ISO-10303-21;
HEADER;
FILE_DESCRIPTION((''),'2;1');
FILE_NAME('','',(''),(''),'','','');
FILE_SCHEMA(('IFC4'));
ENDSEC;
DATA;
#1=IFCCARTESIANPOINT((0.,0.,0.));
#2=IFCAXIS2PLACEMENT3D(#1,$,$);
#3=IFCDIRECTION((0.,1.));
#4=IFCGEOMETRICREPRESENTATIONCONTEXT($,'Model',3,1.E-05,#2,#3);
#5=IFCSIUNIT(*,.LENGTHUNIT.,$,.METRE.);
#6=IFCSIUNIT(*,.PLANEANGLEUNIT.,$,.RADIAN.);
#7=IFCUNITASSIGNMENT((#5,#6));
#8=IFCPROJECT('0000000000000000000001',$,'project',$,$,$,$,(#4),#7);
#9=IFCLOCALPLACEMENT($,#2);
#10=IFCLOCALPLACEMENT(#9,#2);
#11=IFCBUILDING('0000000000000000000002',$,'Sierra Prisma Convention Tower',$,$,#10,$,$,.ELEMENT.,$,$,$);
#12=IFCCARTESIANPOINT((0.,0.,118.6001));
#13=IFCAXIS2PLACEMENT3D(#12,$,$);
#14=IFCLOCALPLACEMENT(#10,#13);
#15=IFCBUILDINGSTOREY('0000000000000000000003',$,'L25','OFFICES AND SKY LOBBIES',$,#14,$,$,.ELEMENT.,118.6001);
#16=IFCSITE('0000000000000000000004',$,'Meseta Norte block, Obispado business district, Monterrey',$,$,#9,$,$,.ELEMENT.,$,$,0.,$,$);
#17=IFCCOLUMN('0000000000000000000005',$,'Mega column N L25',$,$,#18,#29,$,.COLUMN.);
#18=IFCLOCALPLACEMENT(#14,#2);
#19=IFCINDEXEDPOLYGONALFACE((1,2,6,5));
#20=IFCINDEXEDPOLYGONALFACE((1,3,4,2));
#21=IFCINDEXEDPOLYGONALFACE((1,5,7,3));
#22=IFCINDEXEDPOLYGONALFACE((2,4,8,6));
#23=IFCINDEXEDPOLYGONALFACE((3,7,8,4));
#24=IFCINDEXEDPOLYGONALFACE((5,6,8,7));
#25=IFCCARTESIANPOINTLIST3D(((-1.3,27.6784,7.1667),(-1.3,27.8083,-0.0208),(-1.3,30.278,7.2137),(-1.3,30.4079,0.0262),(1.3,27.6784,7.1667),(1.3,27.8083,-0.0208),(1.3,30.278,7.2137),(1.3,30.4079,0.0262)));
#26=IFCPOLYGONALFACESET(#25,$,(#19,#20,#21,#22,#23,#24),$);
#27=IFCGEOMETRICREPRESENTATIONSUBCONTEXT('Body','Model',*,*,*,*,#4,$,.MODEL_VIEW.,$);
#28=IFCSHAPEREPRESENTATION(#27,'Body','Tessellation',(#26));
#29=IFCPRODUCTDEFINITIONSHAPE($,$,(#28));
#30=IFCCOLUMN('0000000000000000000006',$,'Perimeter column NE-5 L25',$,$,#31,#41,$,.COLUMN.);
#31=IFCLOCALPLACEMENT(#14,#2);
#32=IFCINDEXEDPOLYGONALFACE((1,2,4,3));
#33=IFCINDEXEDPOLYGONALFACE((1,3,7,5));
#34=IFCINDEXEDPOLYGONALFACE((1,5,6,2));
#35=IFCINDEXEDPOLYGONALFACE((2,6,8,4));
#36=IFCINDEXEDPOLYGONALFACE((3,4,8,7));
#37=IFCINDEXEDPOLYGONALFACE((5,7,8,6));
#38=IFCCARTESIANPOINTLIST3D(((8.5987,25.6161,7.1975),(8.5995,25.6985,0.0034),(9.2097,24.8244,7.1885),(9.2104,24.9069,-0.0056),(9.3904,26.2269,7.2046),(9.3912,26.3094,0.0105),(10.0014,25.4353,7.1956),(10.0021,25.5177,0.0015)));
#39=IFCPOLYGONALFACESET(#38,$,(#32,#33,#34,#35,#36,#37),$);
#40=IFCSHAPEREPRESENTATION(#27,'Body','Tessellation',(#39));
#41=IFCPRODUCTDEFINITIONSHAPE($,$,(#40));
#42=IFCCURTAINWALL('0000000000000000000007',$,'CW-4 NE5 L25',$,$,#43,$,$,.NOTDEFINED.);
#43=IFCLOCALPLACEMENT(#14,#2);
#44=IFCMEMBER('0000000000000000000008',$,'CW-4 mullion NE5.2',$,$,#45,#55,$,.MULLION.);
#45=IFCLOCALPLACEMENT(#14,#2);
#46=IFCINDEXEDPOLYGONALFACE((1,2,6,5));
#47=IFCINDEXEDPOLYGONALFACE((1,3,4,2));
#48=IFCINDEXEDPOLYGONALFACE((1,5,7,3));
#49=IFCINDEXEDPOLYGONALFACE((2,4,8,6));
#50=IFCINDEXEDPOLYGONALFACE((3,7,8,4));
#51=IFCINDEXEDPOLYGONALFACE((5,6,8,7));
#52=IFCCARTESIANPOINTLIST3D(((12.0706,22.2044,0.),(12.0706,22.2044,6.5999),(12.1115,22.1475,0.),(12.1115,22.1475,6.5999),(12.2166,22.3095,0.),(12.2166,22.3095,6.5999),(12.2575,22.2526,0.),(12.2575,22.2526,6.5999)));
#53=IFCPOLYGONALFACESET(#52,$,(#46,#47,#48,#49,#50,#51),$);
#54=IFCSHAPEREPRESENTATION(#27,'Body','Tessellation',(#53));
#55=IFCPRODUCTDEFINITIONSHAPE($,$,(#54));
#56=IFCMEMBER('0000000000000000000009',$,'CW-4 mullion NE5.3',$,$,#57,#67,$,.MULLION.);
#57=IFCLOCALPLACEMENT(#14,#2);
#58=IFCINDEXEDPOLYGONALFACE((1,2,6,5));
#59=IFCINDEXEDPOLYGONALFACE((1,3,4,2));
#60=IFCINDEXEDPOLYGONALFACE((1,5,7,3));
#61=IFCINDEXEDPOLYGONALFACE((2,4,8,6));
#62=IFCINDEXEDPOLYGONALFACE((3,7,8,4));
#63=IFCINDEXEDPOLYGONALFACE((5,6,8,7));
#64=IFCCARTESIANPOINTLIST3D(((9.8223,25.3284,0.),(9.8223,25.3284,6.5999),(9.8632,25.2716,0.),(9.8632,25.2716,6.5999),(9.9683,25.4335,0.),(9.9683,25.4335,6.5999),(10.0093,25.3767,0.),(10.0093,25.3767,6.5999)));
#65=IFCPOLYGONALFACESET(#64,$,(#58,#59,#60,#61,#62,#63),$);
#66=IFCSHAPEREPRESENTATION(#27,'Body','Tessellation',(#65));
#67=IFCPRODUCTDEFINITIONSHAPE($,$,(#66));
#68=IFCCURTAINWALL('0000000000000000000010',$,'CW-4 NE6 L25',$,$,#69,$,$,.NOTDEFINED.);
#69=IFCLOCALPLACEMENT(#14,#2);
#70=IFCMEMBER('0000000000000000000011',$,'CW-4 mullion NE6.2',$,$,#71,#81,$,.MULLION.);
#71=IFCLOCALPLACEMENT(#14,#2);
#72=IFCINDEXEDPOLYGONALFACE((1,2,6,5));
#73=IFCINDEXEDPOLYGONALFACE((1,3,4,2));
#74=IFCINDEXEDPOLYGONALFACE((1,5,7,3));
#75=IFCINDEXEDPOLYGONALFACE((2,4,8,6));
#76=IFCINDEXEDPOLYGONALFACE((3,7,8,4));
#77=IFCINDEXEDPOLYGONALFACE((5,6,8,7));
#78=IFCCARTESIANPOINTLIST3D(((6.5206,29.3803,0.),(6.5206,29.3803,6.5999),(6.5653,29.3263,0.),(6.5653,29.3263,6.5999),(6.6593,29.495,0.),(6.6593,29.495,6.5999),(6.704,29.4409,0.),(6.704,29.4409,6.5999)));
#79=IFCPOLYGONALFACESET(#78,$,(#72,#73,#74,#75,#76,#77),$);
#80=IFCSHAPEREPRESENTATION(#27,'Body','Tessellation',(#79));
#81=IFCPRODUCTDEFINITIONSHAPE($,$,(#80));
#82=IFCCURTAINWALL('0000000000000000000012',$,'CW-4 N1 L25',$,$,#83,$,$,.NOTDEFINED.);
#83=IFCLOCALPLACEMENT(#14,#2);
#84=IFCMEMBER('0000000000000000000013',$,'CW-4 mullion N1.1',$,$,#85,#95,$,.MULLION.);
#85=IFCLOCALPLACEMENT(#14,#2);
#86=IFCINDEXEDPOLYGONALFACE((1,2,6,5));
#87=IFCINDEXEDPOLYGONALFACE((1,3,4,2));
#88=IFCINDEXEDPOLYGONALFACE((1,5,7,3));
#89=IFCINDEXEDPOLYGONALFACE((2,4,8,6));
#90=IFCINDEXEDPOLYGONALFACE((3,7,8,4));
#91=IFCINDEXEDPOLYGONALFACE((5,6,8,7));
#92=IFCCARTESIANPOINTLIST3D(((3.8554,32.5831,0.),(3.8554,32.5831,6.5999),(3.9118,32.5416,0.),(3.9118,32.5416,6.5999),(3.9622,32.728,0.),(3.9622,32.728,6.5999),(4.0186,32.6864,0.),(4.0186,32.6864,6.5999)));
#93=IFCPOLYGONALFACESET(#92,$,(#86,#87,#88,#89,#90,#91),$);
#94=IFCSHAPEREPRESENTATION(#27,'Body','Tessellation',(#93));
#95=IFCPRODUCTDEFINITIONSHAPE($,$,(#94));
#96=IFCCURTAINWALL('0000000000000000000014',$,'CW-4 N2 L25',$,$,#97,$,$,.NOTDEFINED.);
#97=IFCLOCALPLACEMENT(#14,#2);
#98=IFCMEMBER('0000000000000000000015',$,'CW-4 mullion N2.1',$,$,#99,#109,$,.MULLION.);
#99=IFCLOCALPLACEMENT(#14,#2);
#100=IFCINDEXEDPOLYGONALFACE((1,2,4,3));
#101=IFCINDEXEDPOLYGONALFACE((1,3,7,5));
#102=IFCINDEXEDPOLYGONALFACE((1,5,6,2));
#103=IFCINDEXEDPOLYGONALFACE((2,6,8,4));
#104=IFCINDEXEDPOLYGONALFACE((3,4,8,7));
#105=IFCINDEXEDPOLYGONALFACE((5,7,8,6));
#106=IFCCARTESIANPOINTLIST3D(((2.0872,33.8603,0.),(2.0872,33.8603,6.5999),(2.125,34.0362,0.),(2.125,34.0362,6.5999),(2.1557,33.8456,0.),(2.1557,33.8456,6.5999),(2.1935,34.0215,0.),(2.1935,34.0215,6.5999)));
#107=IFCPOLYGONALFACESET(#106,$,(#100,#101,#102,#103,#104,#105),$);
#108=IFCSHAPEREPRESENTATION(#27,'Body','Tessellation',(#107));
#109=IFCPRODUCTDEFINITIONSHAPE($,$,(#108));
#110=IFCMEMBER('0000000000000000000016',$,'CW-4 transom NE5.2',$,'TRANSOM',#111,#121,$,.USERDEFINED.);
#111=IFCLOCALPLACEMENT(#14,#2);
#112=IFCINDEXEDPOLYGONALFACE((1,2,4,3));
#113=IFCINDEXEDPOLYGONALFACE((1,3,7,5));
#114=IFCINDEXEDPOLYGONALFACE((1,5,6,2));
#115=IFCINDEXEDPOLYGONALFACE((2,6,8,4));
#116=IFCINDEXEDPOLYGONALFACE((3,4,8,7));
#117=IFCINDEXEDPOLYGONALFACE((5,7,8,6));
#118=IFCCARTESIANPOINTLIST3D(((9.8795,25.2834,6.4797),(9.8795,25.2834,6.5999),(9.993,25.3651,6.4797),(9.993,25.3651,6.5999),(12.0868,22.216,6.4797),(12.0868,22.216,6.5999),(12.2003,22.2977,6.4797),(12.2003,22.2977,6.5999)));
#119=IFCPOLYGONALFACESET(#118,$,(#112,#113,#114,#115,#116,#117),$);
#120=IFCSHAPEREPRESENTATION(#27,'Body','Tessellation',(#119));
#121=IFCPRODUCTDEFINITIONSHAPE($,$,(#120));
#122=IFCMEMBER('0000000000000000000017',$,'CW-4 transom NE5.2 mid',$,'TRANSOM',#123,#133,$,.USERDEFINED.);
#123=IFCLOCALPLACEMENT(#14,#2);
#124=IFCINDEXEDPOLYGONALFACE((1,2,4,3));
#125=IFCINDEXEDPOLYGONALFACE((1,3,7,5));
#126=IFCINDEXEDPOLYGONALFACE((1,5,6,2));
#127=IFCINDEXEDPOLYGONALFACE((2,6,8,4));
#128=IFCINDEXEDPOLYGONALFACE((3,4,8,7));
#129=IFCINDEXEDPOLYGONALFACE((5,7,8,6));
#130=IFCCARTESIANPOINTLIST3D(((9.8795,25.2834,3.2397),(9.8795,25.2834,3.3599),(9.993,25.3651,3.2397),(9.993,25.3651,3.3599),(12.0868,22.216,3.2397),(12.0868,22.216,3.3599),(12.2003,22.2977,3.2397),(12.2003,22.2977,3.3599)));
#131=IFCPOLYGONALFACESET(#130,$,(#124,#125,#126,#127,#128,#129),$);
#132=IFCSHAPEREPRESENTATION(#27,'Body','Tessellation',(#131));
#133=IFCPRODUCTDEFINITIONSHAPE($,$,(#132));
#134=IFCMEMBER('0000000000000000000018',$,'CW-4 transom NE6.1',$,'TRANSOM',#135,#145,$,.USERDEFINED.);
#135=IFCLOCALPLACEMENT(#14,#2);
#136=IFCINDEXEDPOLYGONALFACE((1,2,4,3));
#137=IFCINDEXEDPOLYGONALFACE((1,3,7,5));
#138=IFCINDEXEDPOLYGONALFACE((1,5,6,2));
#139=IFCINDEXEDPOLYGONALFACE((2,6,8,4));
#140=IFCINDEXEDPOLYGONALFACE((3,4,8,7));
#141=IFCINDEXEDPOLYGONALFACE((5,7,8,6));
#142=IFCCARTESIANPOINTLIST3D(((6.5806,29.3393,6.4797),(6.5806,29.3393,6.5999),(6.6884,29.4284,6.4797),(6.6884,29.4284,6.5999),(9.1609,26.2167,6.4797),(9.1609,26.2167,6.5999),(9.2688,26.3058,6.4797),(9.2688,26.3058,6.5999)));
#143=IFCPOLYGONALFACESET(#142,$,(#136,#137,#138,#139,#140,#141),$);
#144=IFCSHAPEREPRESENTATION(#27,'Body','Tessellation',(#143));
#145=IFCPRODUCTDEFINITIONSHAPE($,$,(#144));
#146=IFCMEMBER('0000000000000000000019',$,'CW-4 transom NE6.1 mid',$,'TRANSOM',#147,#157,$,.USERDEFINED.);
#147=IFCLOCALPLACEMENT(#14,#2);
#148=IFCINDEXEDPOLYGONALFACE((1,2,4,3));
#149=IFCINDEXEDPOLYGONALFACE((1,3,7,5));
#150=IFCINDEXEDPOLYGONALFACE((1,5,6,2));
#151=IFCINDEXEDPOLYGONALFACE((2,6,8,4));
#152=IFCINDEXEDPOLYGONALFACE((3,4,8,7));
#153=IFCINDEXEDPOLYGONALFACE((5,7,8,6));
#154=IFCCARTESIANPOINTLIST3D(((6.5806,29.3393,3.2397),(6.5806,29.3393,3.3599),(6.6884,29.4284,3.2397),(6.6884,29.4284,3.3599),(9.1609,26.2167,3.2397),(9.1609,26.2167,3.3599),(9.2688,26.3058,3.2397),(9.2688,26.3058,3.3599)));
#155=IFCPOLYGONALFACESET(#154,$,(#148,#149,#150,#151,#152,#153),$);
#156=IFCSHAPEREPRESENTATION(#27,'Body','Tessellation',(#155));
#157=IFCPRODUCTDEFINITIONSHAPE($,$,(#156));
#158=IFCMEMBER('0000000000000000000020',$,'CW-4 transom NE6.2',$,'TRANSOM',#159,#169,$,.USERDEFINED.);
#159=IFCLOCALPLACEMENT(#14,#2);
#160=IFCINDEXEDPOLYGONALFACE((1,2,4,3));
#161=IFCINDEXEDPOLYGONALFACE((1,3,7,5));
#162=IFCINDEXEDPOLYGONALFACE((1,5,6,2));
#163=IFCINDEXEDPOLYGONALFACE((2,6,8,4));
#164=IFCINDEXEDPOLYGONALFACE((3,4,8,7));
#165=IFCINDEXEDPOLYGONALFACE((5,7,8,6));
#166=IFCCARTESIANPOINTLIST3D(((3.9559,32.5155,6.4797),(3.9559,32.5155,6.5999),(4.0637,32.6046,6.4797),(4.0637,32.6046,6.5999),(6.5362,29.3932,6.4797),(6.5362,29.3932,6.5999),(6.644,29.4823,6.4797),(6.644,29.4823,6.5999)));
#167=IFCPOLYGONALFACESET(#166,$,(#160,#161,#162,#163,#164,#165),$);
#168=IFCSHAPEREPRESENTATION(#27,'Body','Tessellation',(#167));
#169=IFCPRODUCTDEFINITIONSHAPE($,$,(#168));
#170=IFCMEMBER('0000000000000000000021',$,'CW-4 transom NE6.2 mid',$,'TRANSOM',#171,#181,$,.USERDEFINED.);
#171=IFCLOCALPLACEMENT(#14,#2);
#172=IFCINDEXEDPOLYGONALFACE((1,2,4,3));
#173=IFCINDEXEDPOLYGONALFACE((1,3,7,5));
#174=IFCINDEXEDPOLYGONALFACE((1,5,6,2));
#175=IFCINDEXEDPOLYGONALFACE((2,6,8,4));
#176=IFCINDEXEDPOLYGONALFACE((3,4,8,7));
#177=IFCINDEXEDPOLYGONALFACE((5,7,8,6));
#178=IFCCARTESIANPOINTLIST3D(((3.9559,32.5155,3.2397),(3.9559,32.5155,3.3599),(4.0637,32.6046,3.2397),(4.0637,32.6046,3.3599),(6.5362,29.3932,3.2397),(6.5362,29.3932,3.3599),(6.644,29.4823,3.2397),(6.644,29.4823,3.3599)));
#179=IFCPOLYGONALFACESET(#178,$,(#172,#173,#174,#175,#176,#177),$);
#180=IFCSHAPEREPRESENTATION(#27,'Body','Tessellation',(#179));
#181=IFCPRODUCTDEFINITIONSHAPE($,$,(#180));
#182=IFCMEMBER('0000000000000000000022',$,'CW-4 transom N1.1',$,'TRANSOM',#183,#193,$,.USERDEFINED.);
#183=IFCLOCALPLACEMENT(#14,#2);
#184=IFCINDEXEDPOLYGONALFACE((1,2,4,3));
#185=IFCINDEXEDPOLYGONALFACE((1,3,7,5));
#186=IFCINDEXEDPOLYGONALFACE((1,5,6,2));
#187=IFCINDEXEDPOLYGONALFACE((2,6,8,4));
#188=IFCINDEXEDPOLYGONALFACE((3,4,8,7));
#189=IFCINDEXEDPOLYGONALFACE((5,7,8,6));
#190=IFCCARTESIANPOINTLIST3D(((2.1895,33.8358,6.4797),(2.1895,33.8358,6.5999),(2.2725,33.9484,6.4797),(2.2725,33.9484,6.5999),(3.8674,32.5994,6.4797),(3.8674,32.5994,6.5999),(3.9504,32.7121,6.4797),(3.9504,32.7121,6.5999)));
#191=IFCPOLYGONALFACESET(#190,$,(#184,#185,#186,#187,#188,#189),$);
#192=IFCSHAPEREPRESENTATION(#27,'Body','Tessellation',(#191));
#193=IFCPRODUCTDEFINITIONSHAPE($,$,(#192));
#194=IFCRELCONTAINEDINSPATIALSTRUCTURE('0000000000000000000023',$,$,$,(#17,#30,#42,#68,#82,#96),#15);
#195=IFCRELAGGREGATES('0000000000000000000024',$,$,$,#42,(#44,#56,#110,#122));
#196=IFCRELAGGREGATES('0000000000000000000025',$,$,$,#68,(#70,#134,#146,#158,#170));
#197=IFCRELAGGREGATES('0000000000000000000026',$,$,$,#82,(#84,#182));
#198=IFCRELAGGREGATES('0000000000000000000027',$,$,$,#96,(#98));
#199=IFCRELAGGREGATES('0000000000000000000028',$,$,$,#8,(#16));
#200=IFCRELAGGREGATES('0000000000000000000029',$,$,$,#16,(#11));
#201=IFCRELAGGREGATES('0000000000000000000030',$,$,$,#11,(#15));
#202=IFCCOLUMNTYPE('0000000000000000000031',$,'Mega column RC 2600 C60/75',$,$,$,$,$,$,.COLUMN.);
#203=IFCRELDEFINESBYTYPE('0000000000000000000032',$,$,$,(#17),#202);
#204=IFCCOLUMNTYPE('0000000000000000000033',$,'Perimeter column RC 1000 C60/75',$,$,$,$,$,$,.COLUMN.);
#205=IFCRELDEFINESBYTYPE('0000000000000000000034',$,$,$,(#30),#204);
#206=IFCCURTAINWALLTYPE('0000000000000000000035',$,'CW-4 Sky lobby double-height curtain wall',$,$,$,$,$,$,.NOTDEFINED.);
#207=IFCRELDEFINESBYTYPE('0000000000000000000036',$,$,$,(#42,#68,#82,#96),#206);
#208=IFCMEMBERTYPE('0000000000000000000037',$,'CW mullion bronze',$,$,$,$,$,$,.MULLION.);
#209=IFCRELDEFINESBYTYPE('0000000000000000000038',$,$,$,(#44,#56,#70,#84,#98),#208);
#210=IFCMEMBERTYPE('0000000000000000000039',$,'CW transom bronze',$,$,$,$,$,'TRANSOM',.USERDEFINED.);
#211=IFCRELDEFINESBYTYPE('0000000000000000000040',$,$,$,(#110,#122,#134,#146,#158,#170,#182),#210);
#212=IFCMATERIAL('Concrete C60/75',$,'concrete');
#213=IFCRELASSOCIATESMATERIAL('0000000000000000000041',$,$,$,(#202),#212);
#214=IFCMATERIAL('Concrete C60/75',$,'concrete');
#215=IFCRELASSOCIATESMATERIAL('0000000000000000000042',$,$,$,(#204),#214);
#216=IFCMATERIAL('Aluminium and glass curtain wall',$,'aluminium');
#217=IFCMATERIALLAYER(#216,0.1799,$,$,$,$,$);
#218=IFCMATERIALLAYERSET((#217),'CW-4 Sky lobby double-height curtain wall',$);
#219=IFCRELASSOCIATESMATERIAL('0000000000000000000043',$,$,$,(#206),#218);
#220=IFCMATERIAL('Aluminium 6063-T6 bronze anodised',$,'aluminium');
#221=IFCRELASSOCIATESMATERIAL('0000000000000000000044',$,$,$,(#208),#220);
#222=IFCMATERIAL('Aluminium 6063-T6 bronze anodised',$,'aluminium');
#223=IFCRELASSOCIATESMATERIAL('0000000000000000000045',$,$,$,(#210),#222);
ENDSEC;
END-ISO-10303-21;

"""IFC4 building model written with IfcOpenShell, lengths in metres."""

from ifc_helpers import new_model, si_unit, direction, frame, origin, origin_2d, place, context, subcontext, project, spatial, rectangle, extrude, clip, halfspace, material, layer, layer_set, material_profile, profile_set, type_object, element, aggregate, save


model = new_model("IFC4")

# Units and contexts
model_context = context("Model", 3, precision=1e-05, world=origin(), true_north=direction((0.0, 1.0)))
body_context = subcontext(model_context, "Body", "Model", "MODEL_VIEW")
ifc_project = project(units=[si_unit("LENGTHUNIT", "METRE"), si_unit("PLANEANGLEUNIT", "RADIAN")], contexts=[model_context])

# Site, building, storey
site_placement = place(None, origin())
site = spatial("IfcSite", under=ifc_project, at=site_placement, Name="Meseta Norte block, Obispado business district, Monterrey", CompositionType="ELEMENT", RefElevation=0.0)
building_placement = place(site_placement, origin())
building = spatial("IfcBuilding", under=site, at=building_placement, Name="Sierra Prisma Convention Tower", CompositionType="ELEMENT")
storey_placement = place(building_placement, frame((0.0, 0.0, 118.6001)))
storey = spatial("IfcBuildingStorey", under=building, at=storey_placement, Name="L25", Description="OFFICES AND SKY LOBBIES", CompositionType="ELEMENT", Elevation=118.6001)

# Columns
ifc_material_1 = material(Name="Concrete C60/75", Category="concrete")
ifc_material_profile_1 = material_profile(ifc_material_1, rectangle(XDim=2.6001, YDim=2.6001, at=origin_2d()), Name="Mega column RC 2600 C60/75")
ifc_profile_set_1 = profile_set([ifc_material_profile_1], Name="Concrete C60/75")
column_type_1 = type_object("IfcColumnType", Name="Mega column RC 2600 C60/75", PredefinedType="COLUMN", material=ifc_profile_set_1)
column_1_placement = place(storey_placement, frame((0.0, 29.1082, 0.0), z_axis=(0.0, -0.01807, 0.999837), x_axis=(1.0, 0.0, 0.0)))
element("IfcColumn", 1, at=column_1_placement, inside=storey, type_object=column_type_1, Name="Mega column N L25", PredefinedType="COLUMN", context=body_context, shape_type="SweptSolid", body=[
    clip(clip(extrude(rectangle(XDim=2.6001, YDim=2.6001, at=origin_2d()), origin(), (0.0, 0.0, 1.0), 7.2012), halfspace(frame((0.0, 0.0, 0.0027)), True)), halfspace(frame((0.0, 0.0, 7.1914)), False)),
])
ifc_material_2 = material(Name="Concrete C60/75", Category="concrete")
ifc_material_profile_2 = material_profile(ifc_material_2, rectangle(XDim=1.0, YDim=1.0, at=origin_2d()), Name="Perimeter column RC 1000 C60/75")
ifc_profile_set_2 = profile_set([ifc_material_profile_2], Name="Concrete C60/75")
column_type_2 = type_object("IfcColumnType", Name="Perimeter column RC 1000 C60/75", PredefinedType="COLUMN", material=ifc_profile_set_2)
column_2_placement = place(storey_placement, frame((9.3008, 25.6082, 0.0), z_axis=(-0.000102, -0.01146, 0.999934), x_axis=(-0.610907, 0.791651, 0.009011)))
element("IfcColumn", 2, at=column_2_placement, inside=storey, type_object=column_type_2, Name="Perimeter column NE-5 L25", PredefinedType="COLUMN", context=body_context, shape_type="SweptSolid", body=[
    clip(clip(extrude(rectangle(XDim=1.0, YDim=1.0, at=origin_2d()), origin(), (0.0, 0.0, 1.0), 7.2004), halfspace(frame((0.0, 0.0, 0.0024)), True)), halfspace(frame((0.0, 0.0, 7.197)), False)),
])

# Curtain wall, members
ifc_material_3 = material(Name="Aluminium and glass curtain wall", Category="aluminium")
ifc_layer_1 = layer(ifc_material_3, 0.1799)
ifc_layer_set_1 = layer_set([ifc_layer_1], Name="CW-4 Sky lobby double-height curtain wall")
curtain_wall_type = type_object("IfcCurtainWallType", Name="CW-4 Sky lobby double-height curtain wall", PredefinedType="NOTDEFINED", material=ifc_layer_set_1)
curtain_wall_1_placement = place(storey_placement, origin())
curtain_wall_1 = element("IfcCurtainWall", 3, at=curtain_wall_1_placement, inside=storey, type_object=curtain_wall_type, Name="CW-4 NE5 L25", PredefinedType="NOTDEFINED")
ifc_material_4 = material(Name="Aluminium 6063-T6 bronze anodised", Category="aluminium")
ifc_material_profile_3 = material_profile(ifc_material_4, rectangle(XDim=0.1799, YDim=0.0701, at=origin_2d()), Name="ALU MULLION 70x180")
ifc_profile_set_3 = profile_set([ifc_material_profile_3], Name="Aluminium 6063-T6 bronze anodised")
member_type_1 = type_object("IfcMemberType", Name="CW mullion bronze", PredefinedType="MULLION", material=ifc_profile_set_3)
member_1_placement = place(storey_placement, frame((12.1641, 22.2285, 0.0), z_axis=(0.0, 0.0, 1.0), x_axis=(-0.811663, -0.584126, 0.0)))
member_1 = element("IfcMember", 4, at=member_1_placement, type_object=member_type_1, Name="CW-4 mullion NE5.2", PredefinedType="MULLION", context=body_context, shape_type="SweptSolid", body=[
    extrude(rectangle(XDim=0.1799, YDim=0.0701, at=origin_2d()), origin(), (0.0, 0.0, 1.0), 6.5999),
])
member_2_placement = place(storey_placement, frame((9.9158, 25.3525, 0.0), z_axis=(0.0, 0.0, 1.0), x_axis=(-0.811663, -0.584126, 0.0)))
member_2 = element("IfcMember", 5, at=member_2_placement, type_object=member_type_1, Name="CW-4 mullion NE5.3", PredefinedType="MULLION", context=body_context, shape_type="SweptSolid", body=[
    extrude(rectangle(XDim=0.1799, YDim=0.0701, at=origin_2d()), origin(), (0.0, 0.0, 1.0), 6.5999),
])

# Curtain walls, members
curtain_wall_2_placement = place(storey_placement, origin())
curtain_wall_2 = element("IfcCurtainWall", 6, at=curtain_wall_2_placement, inside=storey, type_object=curtain_wall_type, Name="CW-4 NE6 L25", PredefinedType="NOTDEFINED")
member_3_placement = place(storey_placement, frame((6.6123, 29.4106, 0.0), z_axis=(0.0, 0.0, 1.0), x_axis=(-0.77086, -0.637005, 0.0)))
member_3 = element("IfcMember", 7, at=member_3_placement, type_object=member_type_1, Name="CW-4 mullion NE6.2", PredefinedType="MULLION", context=body_context, shape_type="SweptSolid", body=[
    extrude(rectangle(XDim=0.1799, YDim=0.0701, at=origin_2d()), origin(), (0.0, 0.0, 1.0), 6.5999),
])
curtain_wall_3_placement = place(storey_placement, origin())
curtain_wall_3 = element("IfcCurtainWall", 8, at=curtain_wall_3_placement, inside=storey, type_object=curtain_wall_type, Name="CW-4 N1 L25", PredefinedType="NOTDEFINED")
member_4_placement = place(storey_placement, frame((3.937, 32.6348, 0.0), z_axis=(0.0, 0.0, 1.0), x_axis=(-0.593251, -0.805017, 0.0)))
member_4 = element("IfcMember", 9, at=member_4_placement, type_object=member_type_1, Name="CW-4 mullion N1.1", PredefinedType="MULLION", context=body_context, shape_type="SweptSolid", body=[
    extrude(rectangle(XDim=0.1799, YDim=0.0701, at=origin_2d()), origin(), (0.0, 0.0, 1.0), 6.5999),
])
curtain_wall_4_placement = place(storey_placement, origin())
curtain_wall_4 = element("IfcCurtainWall", 10, at=curtain_wall_4_placement, inside=storey, type_object=curtain_wall_type, Name="CW-4 N2 L25", PredefinedType="NOTDEFINED")
member_5_placement = place(storey_placement, frame((2.1404, 33.9409, 0.0), z_axis=(0.0, 0.0, 1.0), x_axis=(-0.210119, -0.977676, 0.0)))
member_5 = element("IfcMember", 11, at=member_5_placement, type_object=member_type_1, Name="CW-4 mullion N2.1", PredefinedType="MULLION", context=body_context, shape_type="SweptSolid", body=[
    extrude(rectangle(XDim=0.1799, YDim=0.0701, at=origin_2d()), origin(), (0.0, 0.0, 1.0), 6.5999),
])

# Members
ifc_material_5 = material(Name="Aluminium 6063-T6 bronze anodised", Category="aluminium")
ifc_material_profile_4 = material_profile(ifc_material_5, rectangle(XDim=0.1399, YDim=0.1201, at=origin_2d()), Name="ALU TRANSOM 120x140")
ifc_profile_set_4 = profile_set([ifc_material_profile_4], Name="Aluminium 6063-T6 bronze anodised")
member_type_2 = type_object("IfcMemberType", Name="CW transom bronze", ElementType="TRANSOM", PredefinedType="USERDEFINED", material=ifc_profile_set_4)
member_6_placement = place(storey_placement, frame((12.1436, 22.2568, 6.5398), z_axis=(-0.584089, 0.81169, 0.0), x_axis=(-0.81169, -0.584089, 0.0)))
member_6 = element("IfcMember", 12, at=member_6_placement, type_object=member_type_2, Name="CW-4 transom NE5.2", ObjectType="TRANSOM", PredefinedType="USERDEFINED", context=body_context, shape_type="SweptSolid", body=[
    extrude(rectangle(XDim=0.1399, YDim=0.1201, at=origin_2d()), origin(), (0.0, 0.0, 1.0), 3.7791),
])
member_7_placement = place(storey_placement, frame((12.1436, 22.2568, 3.2998), z_axis=(-0.584089, 0.81169, 0.0), x_axis=(-0.81169, -0.584089, 0.0)))
member_7 = element("IfcMember", 13, at=member_7_placement, type_object=member_type_2, Name="CW-4 transom NE5.2 mid", ObjectType="TRANSOM", PredefinedType="USERDEFINED", context=body_context, shape_type="SweptSolid", body=[
    extrude(rectangle(XDim=0.1399, YDim=0.1201, at=origin_2d()), origin(), (0.0, 0.0, 1.0), 3.7791),
])
member_8_placement = place(storey_placement, frame((9.2148, 26.2612, 6.5398), z_axis=(-0.637001, 0.770863, 0.0), x_axis=(-0.770863, -0.637001, 0.0)))
member_8 = element("IfcMember", 14, at=member_8_placement, type_object=member_type_2, Name="CW-4 transom NE6.1", ObjectType="TRANSOM", PredefinedType="USERDEFINED", context=body_context, shape_type="SweptSolid", body=[
    extrude(rectangle(XDim=0.1399, YDim=0.1201, at=origin_2d()), origin(), (0.0, 0.0, 1.0), 4.0508),
])
member_9_placement = place(storey_placement, frame((9.2148, 26.2612, 3.2998), z_axis=(-0.637001, 0.770863, 0.0), x_axis=(-0.770863, -0.637001, 0.0)))
member_9 = element("IfcMember", 15, at=member_9_placement, type_object=member_type_2, Name="CW-4 transom NE6.1 mid", ObjectType="TRANSOM", PredefinedType="USERDEFINED", context=body_context, shape_type="SweptSolid", body=[
    extrude(rectangle(XDim=0.1399, YDim=0.1201, at=origin_2d()), origin(), (0.0, 0.0, 1.0), 4.0508),
])
member_10_placement = place(storey_placement, frame((6.5901, 29.4377, 6.5398), z_axis=(-0.637031, 0.770838, 0.0), x_axis=(-0.770838, -0.637031, 0.0)))
member_10 = element("IfcMember", 16, at=member_10_placement, type_object=member_type_2, Name="CW-4 transom NE6.2", ObjectType="TRANSOM", PredefinedType="USERDEFINED", context=body_context, shape_type="SweptSolid", body=[
    extrude(rectangle(XDim=0.1399, YDim=0.1201, at=origin_2d()), origin(), (0.0, 0.0, 1.0), 4.0505),
])
member_11_placement = place(storey_placement, frame((6.5901, 29.4377, 3.2998), z_axis=(-0.637031, 0.770838, 0.0), x_axis=(-0.770838, -0.637031, 0.0)))
member_11 = element("IfcMember", 17, at=member_11_placement, type_object=member_type_2, Name="CW-4 transom NE6.2 mid", ObjectType="TRANSOM", PredefinedType="USERDEFINED", context=body_context, shape_type="SweptSolid", body=[
    extrude(rectangle(XDim=0.1399, YDim=0.1201, at=origin_2d()), origin(), (0.0, 0.0, 1.0), 4.0505),
])
member_12_placement = place(storey_placement, frame((3.9089, 32.6558, 6.5398), z_axis=(-0.805074, 0.593175, 0.0), x_axis=(-0.593175, -0.805074, 0.0)))
member_12 = element("IfcMember", 18, at=member_12_placement, type_object=member_type_2, Name="CW-4 transom N1.1", ObjectType="TRANSOM", PredefinedType="USERDEFINED", context=body_context, shape_type="SweptSolid", body=[
    extrude(rectangle(XDim=0.1399, YDim=0.1201, at=origin_2d()), origin(), (0.0, 0.0, 1.0), 2.0842),
])

aggregate(curtain_wall_1, [member_1, member_2, member_6, member_7])
aggregate(curtain_wall_2, [member_3, member_8, member_9, member_10, member_11])
aggregate(curtain_wall_3, [member_4, member_12])
aggregate(curtain_wall_4, [member_5])

save(model, "model.ifc")
